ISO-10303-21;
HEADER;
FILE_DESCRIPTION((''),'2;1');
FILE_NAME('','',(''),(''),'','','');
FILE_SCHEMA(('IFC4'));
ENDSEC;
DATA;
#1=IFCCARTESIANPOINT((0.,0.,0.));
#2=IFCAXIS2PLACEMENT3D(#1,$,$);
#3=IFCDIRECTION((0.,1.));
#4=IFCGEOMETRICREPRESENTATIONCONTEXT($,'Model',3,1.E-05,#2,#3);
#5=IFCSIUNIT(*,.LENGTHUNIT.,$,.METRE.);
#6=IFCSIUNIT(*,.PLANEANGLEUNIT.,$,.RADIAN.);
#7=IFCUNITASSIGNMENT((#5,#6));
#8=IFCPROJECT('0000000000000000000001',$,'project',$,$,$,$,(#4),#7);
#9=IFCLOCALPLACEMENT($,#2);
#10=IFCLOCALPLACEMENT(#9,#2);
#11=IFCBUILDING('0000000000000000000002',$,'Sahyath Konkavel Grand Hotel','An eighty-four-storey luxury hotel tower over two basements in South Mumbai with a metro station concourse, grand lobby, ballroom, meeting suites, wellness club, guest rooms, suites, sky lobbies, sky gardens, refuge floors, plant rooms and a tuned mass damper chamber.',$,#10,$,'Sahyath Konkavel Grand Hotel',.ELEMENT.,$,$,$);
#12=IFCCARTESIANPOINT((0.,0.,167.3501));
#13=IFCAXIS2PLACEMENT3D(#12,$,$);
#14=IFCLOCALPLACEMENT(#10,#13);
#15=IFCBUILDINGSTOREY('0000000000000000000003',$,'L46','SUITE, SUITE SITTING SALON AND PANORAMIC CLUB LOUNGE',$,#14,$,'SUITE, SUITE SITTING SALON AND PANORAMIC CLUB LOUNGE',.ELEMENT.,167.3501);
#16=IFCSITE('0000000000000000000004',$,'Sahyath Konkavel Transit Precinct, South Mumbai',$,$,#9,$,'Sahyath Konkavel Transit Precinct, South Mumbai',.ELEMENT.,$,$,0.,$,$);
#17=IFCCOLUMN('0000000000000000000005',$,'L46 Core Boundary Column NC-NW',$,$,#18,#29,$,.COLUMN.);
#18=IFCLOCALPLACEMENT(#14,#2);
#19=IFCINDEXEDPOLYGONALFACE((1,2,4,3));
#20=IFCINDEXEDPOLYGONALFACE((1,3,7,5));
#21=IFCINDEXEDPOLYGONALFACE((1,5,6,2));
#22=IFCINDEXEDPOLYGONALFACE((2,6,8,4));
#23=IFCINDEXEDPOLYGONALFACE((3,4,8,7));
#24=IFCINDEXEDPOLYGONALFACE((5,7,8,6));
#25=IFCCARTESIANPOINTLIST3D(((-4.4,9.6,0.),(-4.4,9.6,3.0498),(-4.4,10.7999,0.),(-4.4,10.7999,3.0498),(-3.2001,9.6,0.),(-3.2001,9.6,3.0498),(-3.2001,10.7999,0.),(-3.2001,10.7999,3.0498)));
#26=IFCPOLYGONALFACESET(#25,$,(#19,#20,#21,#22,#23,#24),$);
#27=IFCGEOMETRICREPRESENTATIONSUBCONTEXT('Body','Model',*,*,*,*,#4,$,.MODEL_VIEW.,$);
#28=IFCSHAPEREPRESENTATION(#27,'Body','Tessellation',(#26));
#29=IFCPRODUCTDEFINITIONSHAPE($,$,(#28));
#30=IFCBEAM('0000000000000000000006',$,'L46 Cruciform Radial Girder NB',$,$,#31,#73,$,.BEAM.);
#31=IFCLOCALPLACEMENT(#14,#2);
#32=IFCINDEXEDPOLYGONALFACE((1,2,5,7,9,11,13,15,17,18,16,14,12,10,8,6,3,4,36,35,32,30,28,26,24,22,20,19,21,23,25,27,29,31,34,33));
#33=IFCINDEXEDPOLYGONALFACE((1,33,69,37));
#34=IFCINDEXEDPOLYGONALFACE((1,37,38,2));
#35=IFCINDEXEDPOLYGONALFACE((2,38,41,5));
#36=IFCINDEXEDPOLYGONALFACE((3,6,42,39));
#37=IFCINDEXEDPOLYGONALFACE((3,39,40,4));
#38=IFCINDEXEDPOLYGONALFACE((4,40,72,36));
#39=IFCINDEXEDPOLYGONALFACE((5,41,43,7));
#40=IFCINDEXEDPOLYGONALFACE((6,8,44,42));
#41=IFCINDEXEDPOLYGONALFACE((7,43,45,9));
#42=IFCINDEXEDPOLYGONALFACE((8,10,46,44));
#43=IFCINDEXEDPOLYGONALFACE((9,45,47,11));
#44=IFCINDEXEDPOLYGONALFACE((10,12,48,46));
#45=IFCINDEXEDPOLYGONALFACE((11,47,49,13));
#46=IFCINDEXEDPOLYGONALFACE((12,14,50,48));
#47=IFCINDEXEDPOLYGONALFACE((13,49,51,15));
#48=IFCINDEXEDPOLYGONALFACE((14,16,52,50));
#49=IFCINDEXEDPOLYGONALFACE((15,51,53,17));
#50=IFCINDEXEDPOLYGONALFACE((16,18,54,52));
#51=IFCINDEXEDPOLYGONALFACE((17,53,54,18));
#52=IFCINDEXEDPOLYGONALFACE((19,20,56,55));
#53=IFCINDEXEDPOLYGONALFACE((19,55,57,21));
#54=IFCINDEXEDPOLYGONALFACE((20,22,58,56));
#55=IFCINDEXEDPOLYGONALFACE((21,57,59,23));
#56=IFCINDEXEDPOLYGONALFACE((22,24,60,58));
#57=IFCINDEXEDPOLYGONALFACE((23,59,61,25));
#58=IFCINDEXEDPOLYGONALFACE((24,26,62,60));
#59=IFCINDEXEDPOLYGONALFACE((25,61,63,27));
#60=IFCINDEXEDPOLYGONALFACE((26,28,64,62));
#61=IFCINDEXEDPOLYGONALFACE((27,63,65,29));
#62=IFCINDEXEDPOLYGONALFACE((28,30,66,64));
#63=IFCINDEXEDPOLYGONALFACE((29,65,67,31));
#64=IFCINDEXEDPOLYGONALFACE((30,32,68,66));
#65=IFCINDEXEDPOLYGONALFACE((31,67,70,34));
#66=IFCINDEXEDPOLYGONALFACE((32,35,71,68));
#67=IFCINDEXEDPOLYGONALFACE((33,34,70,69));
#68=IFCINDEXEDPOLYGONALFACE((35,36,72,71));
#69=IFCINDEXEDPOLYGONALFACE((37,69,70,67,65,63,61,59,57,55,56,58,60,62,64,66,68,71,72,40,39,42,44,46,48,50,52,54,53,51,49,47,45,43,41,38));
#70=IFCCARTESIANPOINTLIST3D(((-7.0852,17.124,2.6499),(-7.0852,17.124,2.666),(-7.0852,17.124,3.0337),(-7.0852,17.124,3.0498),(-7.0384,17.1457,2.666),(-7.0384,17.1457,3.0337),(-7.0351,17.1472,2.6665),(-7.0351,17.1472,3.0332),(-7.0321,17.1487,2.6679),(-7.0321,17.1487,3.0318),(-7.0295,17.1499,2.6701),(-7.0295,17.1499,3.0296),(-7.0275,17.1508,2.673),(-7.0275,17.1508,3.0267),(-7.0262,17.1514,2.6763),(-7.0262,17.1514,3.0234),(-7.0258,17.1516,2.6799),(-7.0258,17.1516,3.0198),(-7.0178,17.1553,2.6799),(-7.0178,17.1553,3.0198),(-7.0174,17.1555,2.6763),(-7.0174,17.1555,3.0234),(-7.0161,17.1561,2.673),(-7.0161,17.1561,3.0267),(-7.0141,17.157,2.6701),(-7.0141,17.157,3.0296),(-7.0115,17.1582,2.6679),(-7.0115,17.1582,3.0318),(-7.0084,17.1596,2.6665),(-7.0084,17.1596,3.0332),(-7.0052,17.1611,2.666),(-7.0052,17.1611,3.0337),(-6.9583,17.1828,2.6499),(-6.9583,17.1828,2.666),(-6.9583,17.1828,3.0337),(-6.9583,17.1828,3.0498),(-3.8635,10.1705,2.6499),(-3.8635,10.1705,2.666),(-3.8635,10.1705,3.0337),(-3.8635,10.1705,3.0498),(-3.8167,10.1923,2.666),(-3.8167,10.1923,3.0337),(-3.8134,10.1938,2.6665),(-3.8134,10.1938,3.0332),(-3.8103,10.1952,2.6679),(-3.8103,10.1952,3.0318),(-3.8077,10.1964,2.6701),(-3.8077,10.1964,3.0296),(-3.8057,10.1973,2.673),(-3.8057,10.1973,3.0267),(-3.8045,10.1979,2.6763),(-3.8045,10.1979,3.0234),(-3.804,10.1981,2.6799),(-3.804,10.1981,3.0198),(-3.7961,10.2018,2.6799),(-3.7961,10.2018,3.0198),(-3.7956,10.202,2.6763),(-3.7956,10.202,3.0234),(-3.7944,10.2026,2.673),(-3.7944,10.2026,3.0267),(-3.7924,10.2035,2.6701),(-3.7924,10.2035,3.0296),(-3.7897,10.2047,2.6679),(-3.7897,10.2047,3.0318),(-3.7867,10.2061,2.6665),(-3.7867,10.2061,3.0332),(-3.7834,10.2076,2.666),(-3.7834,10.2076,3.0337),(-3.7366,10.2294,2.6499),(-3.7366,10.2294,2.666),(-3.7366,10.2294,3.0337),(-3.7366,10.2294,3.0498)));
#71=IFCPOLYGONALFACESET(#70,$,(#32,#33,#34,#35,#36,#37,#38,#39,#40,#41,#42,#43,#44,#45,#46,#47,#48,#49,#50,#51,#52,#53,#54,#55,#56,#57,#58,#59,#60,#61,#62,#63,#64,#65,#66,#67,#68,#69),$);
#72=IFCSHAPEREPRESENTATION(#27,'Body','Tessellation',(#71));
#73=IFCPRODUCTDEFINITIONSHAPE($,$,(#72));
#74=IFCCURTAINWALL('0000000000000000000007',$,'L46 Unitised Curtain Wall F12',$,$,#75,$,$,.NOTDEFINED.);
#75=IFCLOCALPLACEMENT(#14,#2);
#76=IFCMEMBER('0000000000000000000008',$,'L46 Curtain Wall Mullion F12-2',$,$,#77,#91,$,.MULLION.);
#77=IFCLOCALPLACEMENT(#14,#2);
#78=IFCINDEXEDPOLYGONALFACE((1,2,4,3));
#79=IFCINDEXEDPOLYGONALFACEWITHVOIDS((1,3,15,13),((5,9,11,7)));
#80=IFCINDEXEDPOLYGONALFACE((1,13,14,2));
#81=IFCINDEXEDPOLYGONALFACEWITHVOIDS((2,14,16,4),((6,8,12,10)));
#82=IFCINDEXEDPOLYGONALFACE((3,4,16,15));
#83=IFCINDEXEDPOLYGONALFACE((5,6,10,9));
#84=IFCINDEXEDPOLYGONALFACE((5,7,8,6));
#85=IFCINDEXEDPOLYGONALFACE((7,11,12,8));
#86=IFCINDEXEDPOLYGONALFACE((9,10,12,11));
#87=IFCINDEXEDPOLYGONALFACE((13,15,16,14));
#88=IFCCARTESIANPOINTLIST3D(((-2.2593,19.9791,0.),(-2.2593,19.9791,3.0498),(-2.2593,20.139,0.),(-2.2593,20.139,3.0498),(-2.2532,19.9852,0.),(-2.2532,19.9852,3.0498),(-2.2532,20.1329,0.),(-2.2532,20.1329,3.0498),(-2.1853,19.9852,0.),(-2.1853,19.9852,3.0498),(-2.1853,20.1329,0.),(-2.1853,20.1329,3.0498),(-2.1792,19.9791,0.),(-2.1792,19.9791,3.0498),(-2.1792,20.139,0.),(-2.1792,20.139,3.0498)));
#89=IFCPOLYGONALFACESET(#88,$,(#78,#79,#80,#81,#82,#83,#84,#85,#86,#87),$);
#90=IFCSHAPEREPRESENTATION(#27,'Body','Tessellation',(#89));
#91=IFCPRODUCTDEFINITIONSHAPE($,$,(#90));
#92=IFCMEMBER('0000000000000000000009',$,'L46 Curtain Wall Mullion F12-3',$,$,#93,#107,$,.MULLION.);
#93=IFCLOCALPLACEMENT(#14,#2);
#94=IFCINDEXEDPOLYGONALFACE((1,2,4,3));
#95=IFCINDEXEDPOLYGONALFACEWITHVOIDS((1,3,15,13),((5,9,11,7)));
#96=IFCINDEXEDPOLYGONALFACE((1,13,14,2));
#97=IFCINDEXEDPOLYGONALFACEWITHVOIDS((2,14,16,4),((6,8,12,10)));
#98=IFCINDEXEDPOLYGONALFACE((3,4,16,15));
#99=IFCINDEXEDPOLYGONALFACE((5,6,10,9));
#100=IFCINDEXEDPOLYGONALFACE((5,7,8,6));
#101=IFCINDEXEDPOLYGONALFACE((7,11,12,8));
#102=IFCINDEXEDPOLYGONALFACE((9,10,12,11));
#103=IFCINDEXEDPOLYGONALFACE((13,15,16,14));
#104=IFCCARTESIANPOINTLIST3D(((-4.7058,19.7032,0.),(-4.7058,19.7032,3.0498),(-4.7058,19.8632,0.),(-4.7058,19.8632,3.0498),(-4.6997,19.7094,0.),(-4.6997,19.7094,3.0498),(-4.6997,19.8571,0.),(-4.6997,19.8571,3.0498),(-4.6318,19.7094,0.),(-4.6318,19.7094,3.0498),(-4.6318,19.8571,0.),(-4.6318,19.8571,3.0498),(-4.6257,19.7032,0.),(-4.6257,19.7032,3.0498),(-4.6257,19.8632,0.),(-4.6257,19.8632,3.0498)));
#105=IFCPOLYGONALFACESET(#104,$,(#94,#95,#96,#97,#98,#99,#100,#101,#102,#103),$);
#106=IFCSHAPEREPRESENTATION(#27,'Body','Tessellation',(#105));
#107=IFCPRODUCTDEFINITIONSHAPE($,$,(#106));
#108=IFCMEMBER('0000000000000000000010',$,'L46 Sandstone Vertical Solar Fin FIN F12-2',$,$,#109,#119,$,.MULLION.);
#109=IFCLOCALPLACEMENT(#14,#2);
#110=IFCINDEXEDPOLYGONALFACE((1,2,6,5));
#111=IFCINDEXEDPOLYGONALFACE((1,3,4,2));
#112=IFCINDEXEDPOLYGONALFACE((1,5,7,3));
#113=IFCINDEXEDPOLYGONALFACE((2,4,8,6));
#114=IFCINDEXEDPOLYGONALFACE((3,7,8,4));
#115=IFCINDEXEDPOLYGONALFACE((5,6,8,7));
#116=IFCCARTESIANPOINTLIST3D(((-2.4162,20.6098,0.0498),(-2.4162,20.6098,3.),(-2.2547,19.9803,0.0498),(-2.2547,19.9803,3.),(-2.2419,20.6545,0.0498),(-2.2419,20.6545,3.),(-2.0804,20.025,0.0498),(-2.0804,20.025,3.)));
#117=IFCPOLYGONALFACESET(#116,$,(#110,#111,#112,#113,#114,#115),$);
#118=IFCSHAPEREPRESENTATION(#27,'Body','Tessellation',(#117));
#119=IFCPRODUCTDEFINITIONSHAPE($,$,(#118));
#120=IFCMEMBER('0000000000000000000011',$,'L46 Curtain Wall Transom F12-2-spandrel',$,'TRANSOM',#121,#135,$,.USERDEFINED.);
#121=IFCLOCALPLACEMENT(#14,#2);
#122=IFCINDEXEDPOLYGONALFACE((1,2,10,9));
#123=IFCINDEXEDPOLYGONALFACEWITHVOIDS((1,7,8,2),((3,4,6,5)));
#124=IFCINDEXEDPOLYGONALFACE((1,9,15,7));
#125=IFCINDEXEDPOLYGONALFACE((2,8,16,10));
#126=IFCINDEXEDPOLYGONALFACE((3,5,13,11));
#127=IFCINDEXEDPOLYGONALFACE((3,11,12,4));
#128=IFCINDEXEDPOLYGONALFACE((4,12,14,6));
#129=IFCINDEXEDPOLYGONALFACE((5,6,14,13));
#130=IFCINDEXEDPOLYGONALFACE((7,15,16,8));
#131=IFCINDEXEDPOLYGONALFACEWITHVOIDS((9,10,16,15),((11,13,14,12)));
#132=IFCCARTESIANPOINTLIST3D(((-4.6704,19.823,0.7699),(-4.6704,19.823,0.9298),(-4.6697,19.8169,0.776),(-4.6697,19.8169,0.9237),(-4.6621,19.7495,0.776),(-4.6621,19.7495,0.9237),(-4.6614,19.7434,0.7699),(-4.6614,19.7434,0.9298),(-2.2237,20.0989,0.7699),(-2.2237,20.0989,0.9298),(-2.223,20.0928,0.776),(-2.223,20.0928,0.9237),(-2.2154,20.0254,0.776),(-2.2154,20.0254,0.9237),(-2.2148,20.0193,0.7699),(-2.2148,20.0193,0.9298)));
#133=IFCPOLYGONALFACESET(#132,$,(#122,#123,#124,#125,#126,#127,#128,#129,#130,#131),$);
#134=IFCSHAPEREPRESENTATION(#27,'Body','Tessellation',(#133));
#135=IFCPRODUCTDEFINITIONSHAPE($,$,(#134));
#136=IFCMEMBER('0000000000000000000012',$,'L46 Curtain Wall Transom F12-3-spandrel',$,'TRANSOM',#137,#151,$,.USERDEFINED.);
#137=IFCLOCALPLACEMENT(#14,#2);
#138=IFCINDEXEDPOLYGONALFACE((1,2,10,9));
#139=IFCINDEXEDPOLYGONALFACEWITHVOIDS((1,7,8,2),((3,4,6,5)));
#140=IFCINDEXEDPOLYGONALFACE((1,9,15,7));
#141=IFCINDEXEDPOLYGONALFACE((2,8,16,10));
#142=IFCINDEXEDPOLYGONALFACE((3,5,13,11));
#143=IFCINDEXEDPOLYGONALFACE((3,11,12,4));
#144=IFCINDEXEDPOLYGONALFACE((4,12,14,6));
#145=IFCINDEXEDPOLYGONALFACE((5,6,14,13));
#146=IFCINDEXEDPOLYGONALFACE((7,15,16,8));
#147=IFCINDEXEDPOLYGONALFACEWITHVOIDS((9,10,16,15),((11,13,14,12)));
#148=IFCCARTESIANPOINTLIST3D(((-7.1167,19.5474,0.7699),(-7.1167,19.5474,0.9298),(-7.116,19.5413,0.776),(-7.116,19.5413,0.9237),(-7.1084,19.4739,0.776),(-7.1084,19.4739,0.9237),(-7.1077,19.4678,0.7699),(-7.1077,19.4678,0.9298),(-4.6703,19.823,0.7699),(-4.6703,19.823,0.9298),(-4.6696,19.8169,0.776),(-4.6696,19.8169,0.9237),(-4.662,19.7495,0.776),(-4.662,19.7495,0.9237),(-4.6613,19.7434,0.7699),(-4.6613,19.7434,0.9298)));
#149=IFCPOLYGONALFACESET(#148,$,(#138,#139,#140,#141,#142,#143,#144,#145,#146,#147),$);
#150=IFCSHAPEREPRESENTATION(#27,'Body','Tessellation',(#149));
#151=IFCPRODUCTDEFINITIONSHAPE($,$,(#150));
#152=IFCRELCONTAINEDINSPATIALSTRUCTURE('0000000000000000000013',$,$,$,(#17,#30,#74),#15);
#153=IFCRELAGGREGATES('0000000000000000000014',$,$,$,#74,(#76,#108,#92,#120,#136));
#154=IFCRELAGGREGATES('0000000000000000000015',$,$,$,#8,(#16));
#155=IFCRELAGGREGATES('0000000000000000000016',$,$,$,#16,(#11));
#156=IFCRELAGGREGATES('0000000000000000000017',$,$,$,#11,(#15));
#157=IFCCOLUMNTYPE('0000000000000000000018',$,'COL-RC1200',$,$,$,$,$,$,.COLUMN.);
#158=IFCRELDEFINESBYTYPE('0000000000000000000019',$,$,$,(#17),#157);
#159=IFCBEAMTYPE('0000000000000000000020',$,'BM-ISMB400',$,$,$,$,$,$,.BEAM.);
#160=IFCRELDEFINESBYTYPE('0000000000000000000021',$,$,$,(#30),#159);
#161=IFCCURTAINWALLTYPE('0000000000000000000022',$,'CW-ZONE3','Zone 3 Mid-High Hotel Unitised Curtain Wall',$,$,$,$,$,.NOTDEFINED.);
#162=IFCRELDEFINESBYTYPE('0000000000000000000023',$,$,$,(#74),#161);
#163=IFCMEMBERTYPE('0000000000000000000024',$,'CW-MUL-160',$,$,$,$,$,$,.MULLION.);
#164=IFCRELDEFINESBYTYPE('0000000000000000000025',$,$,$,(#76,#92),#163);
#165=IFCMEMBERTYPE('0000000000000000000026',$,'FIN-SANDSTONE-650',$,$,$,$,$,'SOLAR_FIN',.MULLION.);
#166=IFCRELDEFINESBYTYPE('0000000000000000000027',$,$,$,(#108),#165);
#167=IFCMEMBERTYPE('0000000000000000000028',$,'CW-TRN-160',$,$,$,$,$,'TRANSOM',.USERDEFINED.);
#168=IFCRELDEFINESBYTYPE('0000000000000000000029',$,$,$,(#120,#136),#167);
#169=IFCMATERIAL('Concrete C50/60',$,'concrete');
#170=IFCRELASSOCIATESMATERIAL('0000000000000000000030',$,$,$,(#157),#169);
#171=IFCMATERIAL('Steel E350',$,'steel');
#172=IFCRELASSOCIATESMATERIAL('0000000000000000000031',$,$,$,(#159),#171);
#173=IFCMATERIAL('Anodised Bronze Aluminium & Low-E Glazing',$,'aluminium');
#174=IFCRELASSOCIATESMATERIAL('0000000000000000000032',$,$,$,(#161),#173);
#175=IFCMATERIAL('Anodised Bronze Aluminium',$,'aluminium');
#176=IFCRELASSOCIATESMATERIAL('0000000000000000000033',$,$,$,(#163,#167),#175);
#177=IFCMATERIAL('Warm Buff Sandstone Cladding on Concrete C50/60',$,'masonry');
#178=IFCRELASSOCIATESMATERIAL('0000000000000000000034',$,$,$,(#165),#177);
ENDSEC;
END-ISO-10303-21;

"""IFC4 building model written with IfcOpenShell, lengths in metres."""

from ifc_helpers import new_model, si_unit, direction, frame, origin, origin_2d, place, context, subcontext, project, spatial, rectangle, hollow_rectangle, i_section, extrude, source, transform, mapped, material, material_profile, profile_set, type_object, element, aggregate, save


model = new_model("IFC4")

# Units and contexts
model_context = context("Model", 3, precision=1e-05, world=origin(), true_north=direction((0.0, 1.0)))
body_context = subcontext(model_context, "Body", "Model", "MODEL_VIEW")
ifc_project = project(units=[si_unit("LENGTHUNIT", "METRE"), si_unit("PLANEANGLEUNIT", "RADIAN")], contexts=[model_context])

# Site, building, storey
site_placement = place(None, origin())
site = spatial("IfcSite", under=ifc_project, at=site_placement, Name="Sahyath Konkavel Transit Precinct, South Mumbai", LongName="Sahyath Konkavel Transit Precinct, South Mumbai", CompositionType="ELEMENT", RefElevation=0.0)
building_placement = place(site_placement, origin())
building = spatial("IfcBuilding", under=site, at=building_placement, Name="Sahyath Konkavel Grand Hotel", Description="An eighty-four-storey luxury hotel tower over two basements in South Mumbai with a metro station concourse, grand lobby, ballroom, meeting suites, wellness club, guest rooms, suites, sky lobbies, sky gardens, refuge floors, plant rooms and a tuned mass damper chamber.", LongName="Sahyath Konkavel Grand Hotel", CompositionType="ELEMENT")
storey_placement = place(building_placement, frame((0.0, 0.0, 167.3501)))
storey = spatial("IfcBuildingStorey", under=building, at=storey_placement, Name="L46", Description="SUITE, SUITE SITTING SALON AND PANORAMIC CLUB LOUNGE", LongName="SUITE, SUITE SITTING SALON AND PANORAMIC CLUB LOUNGE", CompositionType="ELEMENT", Elevation=167.3501)

# Column
ifc_material_1 = material(Name="Concrete C50/60", Category="concrete")
ifc_material_profile_1 = material_profile(ifc_material_1, rectangle(XDim=1.2, YDim=1.2, at=origin_2d()), Name="RC 1200x1200")
ifc_profile_set_1 = profile_set([ifc_material_profile_1], Name="Concrete C50/60")
column_type = type_object("IfcColumnType", Name="COL-RC1200", PredefinedType="COLUMN", material=ifc_profile_set_1)
shared_shape_1 = source(origin(), body_context, "Body", "SweptSolid", [
    extrude(rectangle(XDim=1.2, YDim=1.2, at=origin_2d()), origin(), (0.0, 0.0, 1.0), 3.0498),
])
column_placement = place(storey_placement, frame((-3.8, 10.2, 0.0), z_axis=(0.0, 0.0, 1.0), x_axis=(1.0, 0.0, 0.0)))
element("IfcColumn", 1, at=column_placement, inside=storey, type_object=column_type, Name="L46 Core Boundary Column NC-NW", PredefinedType="COLUMN", context=body_context, shape_type="MappedRepresentation", body=[
    mapped(shared_shape_1, transform((0.0, 0.0, 0.0), scale=1.0)),
])

# Beam
ifc_material_2 = material(Name="Steel E350", Category="steel")
ifc_material_profile_2 = material_profile(ifc_material_2, i_section(OverallWidth=0.1399, OverallDepth=0.3999, WebThickness=0.0088, FlangeThickness=0.0161, FilletRadius=0.0139, at=origin_2d()), Name="ISMB 400")
ifc_profile_set_2 = profile_set([ifc_material_profile_2], Name="Steel E350")
beam_type_1 = type_object("IfcBeamType", Name="BM-ISMB400", PredefinedType="BEAM", material=ifc_profile_set_2)
shared_shape_2 = source(origin(), body_context, "Body", "SweptSolid", [
    extrude(i_section(OverallWidth=0.1399, OverallDepth=0.3999, WebThickness=0.0088, FlangeThickness=0.0161, FilletRadius=0.0139, at=origin_2d()), origin(), (0.0, 0.0, 1.0), 7.6636),
])
beam_1_placement = place(storey_placement, frame((-3.8, 10.2, 2.8499), z_axis=(-0.420395, 0.907341, 0.0), x_axis=(-0.907341, -0.420395, 0.0)))
element("IfcBeam", 2, at=beam_1_placement, inside=storey, type_object=beam_type_1, Name="L46 Cruciform Radial Girder NB", PredefinedType="BEAM", context=body_context, shape_type="MappedRepresentation", body=[
    mapped(shared_shape_2, transform((0.0, 0.0, 0.0), scale=1.0)),
])

# Curtain wall, members
ifc_material_3 = material(Name="Anodised Bronze Aluminium & Low-E Glazing", Category="aluminium")
curtain_wall_type = type_object("IfcCurtainWallType", Name="CW-ZONE3", Description="Zone 3 Mid-High Hotel Unitised Curtain Wall", PredefinedType="NOTDEFINED", material=ifc_material_3)
curtain_wall_placement = place(storey_placement, origin())
curtain_wall = element("IfcCurtainWall", 3, at=curtain_wall_placement, inside=storey, type_object=curtain_wall_type, Name="L46 Unitised Curtain Wall F12", PredefinedType="NOTDEFINED")
ifc_material_4 = material(Name="Anodised Bronze Aluminium", Category="aluminium")
ifc_material_profile_3 = material_profile(ifc_material_4, hollow_rectangle(XDim=0.0801, YDim=0.1599, WallThickness=0.0061, at=origin_2d()), Name="RHS 160x80x6")
ifc_profile_set_3 = profile_set([ifc_material_profile_3], Name="Anodised Bronze Aluminium")
member_type_1 = type_object("IfcMemberType", Name="CW-MUL-160", PredefinedType="MULLION", material=ifc_profile_set_3)
shared_shape_3 = source(origin(), body_context, "Body", "SweptSolid", [
    extrude(hollow_rectangle(XDim=0.0801, YDim=0.1599, WallThickness=0.0061, at=origin_2d()), origin(), (0.0, 0.0, 1.0), 3.0498),
])
member_1_placement = place(storey_placement, frame((-2.2192, 20.0591, 0.0), z_axis=(0.0, 0.0, 1.0), x_axis=(1.0, 0.0, 0.0)))
member_1 = element("IfcMember", 4, at=member_1_placement, type_object=member_type_1, Name="L46 Curtain Wall Mullion F12-2", PredefinedType="MULLION", context=body_context, shape_type="MappedRepresentation", body=[
    mapped(shared_shape_3, transform((0.0, 0.0, 0.0), scale=1.0)),
])
member_2_placement = place(storey_placement, frame((-4.6658, 19.7832, 0.0), z_axis=(0.0, 0.0, 1.0), x_axis=(1.0, 0.0, 0.0)))
member_2 = element("IfcMember", 5, at=member_2_placement, type_object=member_type_1, Name="L46 Curtain Wall Mullion F12-3", PredefinedType="MULLION", context=body_context, shape_type="MappedRepresentation", body=[
    mapped(shared_shape_3, transform((0.0, 0.0, 0.0), scale=1.0)),
])
ifc_material_5 = material(Name="Warm Buff Sandstone Cladding on Concrete C50/60", Category="masonry")
ifc_material_profile_4 = material_profile(ifc_material_5, rectangle(XDim=0.1799, YDim=0.6499, at=origin_2d()), Name="FIN 180x650")
ifc_profile_set_4 = profile_set([ifc_material_profile_4], Name="Warm Buff Sandstone Cladding on Concrete C50/60")
member_type_2 = type_object("IfcMemberType", Name="FIN-SANDSTONE-650", ElementType="SOLAR_FIN", PredefinedType="MULLION", material=ifc_profile_set_4)
shared_shape_4 = source(origin(), body_context, "Body", "SweptSolid", [
    extrude(rectangle(XDim=0.1799, YDim=0.6499, at=origin_2d()), origin(), (0.0, 0.0, 1.0), 2.9502),
])
member_3_placement = place(storey_placement, frame((-2.2483, 20.3174, 0.0498), z_axis=(0.0, 0.0, 1.0), x_axis=(0.968627, 0.248521, 0.0)))
member_3 = element("IfcMember", 6, at=member_3_placement, type_object=member_type_2, Name="L46 Sandstone Vertical Solar Fin FIN F12-2", PredefinedType="MULLION", context=body_context, shape_type="MappedRepresentation", body=[
    mapped(shared_shape_4, transform((0.0, 0.0, 0.0), scale=1.0)),
])
ifc_material_profile_5 = material_profile(ifc_material_4, hollow_rectangle(XDim=0.0801, YDim=0.1599, WallThickness=0.0061, at=origin_2d()), Name="RHS 160x80x6")
ifc_profile_set_5 = profile_set([ifc_material_profile_5], Name="Anodised Bronze Aluminium")
member_type_3 = type_object("IfcMemberType", Name="CW-TRN-160", ElementType="TRANSOM", PredefinedType="USERDEFINED", material=ifc_profile_set_5)
shared_shape_5 = source(origin(), body_context, "Body", "SweptSolid", [
    extrude(hollow_rectangle(XDim=0.0801, YDim=0.1599, WallThickness=0.0061, at=origin_2d()), origin(), (0.0, 0.0, 1.0), 2.4622),
])
member_4_placement = place(storey_placement, frame((-2.2192, 20.0591, 0.8499), z_axis=(-0.993702, -0.112053, 0.0), x_axis=(0.112053, -0.993702, 0.0)))
member_4 = element("IfcMember", 7, at=member_4_placement, type_object=member_type_3, Name="L46 Curtain Wall Transom F12-2-spandrel", ObjectType="TRANSOM", PredefinedType="USERDEFINED", context=body_context, shape_type="MappedRepresentation", body=[
    mapped(shared_shape_5, transform((0.0, 0.0, 0.0), scale=1.0)),
])
shared_shape_6 = source(origin(), body_context, "Body", "SweptSolid", [
    extrude(hollow_rectangle(XDim=0.0801, YDim=0.1599, WallThickness=0.0061, at=origin_2d()), origin(), (0.0, 0.0, 1.0), 2.4619),
])
member_5_placement = place(storey_placement, frame((-4.6658, 19.7832, 0.8499), z_axis=(-0.993713, -0.111955, 0.0), x_axis=(0.111955, -0.993713, 0.0)))
member_5 = element("IfcMember", 8, at=member_5_placement, type_object=member_type_3, Name="L46 Curtain Wall Transom F12-3-spandrel", ObjectType="TRANSOM", PredefinedType="USERDEFINED", context=body_context, shape_type="MappedRepresentation", body=[
    mapped(shared_shape_6, transform((0.0, 0.0, 0.0), scale=1.0)),
])

aggregate(curtain_wall, [member_1, member_3, member_2, member_4, member_5])

save(model, "model.ifc")
